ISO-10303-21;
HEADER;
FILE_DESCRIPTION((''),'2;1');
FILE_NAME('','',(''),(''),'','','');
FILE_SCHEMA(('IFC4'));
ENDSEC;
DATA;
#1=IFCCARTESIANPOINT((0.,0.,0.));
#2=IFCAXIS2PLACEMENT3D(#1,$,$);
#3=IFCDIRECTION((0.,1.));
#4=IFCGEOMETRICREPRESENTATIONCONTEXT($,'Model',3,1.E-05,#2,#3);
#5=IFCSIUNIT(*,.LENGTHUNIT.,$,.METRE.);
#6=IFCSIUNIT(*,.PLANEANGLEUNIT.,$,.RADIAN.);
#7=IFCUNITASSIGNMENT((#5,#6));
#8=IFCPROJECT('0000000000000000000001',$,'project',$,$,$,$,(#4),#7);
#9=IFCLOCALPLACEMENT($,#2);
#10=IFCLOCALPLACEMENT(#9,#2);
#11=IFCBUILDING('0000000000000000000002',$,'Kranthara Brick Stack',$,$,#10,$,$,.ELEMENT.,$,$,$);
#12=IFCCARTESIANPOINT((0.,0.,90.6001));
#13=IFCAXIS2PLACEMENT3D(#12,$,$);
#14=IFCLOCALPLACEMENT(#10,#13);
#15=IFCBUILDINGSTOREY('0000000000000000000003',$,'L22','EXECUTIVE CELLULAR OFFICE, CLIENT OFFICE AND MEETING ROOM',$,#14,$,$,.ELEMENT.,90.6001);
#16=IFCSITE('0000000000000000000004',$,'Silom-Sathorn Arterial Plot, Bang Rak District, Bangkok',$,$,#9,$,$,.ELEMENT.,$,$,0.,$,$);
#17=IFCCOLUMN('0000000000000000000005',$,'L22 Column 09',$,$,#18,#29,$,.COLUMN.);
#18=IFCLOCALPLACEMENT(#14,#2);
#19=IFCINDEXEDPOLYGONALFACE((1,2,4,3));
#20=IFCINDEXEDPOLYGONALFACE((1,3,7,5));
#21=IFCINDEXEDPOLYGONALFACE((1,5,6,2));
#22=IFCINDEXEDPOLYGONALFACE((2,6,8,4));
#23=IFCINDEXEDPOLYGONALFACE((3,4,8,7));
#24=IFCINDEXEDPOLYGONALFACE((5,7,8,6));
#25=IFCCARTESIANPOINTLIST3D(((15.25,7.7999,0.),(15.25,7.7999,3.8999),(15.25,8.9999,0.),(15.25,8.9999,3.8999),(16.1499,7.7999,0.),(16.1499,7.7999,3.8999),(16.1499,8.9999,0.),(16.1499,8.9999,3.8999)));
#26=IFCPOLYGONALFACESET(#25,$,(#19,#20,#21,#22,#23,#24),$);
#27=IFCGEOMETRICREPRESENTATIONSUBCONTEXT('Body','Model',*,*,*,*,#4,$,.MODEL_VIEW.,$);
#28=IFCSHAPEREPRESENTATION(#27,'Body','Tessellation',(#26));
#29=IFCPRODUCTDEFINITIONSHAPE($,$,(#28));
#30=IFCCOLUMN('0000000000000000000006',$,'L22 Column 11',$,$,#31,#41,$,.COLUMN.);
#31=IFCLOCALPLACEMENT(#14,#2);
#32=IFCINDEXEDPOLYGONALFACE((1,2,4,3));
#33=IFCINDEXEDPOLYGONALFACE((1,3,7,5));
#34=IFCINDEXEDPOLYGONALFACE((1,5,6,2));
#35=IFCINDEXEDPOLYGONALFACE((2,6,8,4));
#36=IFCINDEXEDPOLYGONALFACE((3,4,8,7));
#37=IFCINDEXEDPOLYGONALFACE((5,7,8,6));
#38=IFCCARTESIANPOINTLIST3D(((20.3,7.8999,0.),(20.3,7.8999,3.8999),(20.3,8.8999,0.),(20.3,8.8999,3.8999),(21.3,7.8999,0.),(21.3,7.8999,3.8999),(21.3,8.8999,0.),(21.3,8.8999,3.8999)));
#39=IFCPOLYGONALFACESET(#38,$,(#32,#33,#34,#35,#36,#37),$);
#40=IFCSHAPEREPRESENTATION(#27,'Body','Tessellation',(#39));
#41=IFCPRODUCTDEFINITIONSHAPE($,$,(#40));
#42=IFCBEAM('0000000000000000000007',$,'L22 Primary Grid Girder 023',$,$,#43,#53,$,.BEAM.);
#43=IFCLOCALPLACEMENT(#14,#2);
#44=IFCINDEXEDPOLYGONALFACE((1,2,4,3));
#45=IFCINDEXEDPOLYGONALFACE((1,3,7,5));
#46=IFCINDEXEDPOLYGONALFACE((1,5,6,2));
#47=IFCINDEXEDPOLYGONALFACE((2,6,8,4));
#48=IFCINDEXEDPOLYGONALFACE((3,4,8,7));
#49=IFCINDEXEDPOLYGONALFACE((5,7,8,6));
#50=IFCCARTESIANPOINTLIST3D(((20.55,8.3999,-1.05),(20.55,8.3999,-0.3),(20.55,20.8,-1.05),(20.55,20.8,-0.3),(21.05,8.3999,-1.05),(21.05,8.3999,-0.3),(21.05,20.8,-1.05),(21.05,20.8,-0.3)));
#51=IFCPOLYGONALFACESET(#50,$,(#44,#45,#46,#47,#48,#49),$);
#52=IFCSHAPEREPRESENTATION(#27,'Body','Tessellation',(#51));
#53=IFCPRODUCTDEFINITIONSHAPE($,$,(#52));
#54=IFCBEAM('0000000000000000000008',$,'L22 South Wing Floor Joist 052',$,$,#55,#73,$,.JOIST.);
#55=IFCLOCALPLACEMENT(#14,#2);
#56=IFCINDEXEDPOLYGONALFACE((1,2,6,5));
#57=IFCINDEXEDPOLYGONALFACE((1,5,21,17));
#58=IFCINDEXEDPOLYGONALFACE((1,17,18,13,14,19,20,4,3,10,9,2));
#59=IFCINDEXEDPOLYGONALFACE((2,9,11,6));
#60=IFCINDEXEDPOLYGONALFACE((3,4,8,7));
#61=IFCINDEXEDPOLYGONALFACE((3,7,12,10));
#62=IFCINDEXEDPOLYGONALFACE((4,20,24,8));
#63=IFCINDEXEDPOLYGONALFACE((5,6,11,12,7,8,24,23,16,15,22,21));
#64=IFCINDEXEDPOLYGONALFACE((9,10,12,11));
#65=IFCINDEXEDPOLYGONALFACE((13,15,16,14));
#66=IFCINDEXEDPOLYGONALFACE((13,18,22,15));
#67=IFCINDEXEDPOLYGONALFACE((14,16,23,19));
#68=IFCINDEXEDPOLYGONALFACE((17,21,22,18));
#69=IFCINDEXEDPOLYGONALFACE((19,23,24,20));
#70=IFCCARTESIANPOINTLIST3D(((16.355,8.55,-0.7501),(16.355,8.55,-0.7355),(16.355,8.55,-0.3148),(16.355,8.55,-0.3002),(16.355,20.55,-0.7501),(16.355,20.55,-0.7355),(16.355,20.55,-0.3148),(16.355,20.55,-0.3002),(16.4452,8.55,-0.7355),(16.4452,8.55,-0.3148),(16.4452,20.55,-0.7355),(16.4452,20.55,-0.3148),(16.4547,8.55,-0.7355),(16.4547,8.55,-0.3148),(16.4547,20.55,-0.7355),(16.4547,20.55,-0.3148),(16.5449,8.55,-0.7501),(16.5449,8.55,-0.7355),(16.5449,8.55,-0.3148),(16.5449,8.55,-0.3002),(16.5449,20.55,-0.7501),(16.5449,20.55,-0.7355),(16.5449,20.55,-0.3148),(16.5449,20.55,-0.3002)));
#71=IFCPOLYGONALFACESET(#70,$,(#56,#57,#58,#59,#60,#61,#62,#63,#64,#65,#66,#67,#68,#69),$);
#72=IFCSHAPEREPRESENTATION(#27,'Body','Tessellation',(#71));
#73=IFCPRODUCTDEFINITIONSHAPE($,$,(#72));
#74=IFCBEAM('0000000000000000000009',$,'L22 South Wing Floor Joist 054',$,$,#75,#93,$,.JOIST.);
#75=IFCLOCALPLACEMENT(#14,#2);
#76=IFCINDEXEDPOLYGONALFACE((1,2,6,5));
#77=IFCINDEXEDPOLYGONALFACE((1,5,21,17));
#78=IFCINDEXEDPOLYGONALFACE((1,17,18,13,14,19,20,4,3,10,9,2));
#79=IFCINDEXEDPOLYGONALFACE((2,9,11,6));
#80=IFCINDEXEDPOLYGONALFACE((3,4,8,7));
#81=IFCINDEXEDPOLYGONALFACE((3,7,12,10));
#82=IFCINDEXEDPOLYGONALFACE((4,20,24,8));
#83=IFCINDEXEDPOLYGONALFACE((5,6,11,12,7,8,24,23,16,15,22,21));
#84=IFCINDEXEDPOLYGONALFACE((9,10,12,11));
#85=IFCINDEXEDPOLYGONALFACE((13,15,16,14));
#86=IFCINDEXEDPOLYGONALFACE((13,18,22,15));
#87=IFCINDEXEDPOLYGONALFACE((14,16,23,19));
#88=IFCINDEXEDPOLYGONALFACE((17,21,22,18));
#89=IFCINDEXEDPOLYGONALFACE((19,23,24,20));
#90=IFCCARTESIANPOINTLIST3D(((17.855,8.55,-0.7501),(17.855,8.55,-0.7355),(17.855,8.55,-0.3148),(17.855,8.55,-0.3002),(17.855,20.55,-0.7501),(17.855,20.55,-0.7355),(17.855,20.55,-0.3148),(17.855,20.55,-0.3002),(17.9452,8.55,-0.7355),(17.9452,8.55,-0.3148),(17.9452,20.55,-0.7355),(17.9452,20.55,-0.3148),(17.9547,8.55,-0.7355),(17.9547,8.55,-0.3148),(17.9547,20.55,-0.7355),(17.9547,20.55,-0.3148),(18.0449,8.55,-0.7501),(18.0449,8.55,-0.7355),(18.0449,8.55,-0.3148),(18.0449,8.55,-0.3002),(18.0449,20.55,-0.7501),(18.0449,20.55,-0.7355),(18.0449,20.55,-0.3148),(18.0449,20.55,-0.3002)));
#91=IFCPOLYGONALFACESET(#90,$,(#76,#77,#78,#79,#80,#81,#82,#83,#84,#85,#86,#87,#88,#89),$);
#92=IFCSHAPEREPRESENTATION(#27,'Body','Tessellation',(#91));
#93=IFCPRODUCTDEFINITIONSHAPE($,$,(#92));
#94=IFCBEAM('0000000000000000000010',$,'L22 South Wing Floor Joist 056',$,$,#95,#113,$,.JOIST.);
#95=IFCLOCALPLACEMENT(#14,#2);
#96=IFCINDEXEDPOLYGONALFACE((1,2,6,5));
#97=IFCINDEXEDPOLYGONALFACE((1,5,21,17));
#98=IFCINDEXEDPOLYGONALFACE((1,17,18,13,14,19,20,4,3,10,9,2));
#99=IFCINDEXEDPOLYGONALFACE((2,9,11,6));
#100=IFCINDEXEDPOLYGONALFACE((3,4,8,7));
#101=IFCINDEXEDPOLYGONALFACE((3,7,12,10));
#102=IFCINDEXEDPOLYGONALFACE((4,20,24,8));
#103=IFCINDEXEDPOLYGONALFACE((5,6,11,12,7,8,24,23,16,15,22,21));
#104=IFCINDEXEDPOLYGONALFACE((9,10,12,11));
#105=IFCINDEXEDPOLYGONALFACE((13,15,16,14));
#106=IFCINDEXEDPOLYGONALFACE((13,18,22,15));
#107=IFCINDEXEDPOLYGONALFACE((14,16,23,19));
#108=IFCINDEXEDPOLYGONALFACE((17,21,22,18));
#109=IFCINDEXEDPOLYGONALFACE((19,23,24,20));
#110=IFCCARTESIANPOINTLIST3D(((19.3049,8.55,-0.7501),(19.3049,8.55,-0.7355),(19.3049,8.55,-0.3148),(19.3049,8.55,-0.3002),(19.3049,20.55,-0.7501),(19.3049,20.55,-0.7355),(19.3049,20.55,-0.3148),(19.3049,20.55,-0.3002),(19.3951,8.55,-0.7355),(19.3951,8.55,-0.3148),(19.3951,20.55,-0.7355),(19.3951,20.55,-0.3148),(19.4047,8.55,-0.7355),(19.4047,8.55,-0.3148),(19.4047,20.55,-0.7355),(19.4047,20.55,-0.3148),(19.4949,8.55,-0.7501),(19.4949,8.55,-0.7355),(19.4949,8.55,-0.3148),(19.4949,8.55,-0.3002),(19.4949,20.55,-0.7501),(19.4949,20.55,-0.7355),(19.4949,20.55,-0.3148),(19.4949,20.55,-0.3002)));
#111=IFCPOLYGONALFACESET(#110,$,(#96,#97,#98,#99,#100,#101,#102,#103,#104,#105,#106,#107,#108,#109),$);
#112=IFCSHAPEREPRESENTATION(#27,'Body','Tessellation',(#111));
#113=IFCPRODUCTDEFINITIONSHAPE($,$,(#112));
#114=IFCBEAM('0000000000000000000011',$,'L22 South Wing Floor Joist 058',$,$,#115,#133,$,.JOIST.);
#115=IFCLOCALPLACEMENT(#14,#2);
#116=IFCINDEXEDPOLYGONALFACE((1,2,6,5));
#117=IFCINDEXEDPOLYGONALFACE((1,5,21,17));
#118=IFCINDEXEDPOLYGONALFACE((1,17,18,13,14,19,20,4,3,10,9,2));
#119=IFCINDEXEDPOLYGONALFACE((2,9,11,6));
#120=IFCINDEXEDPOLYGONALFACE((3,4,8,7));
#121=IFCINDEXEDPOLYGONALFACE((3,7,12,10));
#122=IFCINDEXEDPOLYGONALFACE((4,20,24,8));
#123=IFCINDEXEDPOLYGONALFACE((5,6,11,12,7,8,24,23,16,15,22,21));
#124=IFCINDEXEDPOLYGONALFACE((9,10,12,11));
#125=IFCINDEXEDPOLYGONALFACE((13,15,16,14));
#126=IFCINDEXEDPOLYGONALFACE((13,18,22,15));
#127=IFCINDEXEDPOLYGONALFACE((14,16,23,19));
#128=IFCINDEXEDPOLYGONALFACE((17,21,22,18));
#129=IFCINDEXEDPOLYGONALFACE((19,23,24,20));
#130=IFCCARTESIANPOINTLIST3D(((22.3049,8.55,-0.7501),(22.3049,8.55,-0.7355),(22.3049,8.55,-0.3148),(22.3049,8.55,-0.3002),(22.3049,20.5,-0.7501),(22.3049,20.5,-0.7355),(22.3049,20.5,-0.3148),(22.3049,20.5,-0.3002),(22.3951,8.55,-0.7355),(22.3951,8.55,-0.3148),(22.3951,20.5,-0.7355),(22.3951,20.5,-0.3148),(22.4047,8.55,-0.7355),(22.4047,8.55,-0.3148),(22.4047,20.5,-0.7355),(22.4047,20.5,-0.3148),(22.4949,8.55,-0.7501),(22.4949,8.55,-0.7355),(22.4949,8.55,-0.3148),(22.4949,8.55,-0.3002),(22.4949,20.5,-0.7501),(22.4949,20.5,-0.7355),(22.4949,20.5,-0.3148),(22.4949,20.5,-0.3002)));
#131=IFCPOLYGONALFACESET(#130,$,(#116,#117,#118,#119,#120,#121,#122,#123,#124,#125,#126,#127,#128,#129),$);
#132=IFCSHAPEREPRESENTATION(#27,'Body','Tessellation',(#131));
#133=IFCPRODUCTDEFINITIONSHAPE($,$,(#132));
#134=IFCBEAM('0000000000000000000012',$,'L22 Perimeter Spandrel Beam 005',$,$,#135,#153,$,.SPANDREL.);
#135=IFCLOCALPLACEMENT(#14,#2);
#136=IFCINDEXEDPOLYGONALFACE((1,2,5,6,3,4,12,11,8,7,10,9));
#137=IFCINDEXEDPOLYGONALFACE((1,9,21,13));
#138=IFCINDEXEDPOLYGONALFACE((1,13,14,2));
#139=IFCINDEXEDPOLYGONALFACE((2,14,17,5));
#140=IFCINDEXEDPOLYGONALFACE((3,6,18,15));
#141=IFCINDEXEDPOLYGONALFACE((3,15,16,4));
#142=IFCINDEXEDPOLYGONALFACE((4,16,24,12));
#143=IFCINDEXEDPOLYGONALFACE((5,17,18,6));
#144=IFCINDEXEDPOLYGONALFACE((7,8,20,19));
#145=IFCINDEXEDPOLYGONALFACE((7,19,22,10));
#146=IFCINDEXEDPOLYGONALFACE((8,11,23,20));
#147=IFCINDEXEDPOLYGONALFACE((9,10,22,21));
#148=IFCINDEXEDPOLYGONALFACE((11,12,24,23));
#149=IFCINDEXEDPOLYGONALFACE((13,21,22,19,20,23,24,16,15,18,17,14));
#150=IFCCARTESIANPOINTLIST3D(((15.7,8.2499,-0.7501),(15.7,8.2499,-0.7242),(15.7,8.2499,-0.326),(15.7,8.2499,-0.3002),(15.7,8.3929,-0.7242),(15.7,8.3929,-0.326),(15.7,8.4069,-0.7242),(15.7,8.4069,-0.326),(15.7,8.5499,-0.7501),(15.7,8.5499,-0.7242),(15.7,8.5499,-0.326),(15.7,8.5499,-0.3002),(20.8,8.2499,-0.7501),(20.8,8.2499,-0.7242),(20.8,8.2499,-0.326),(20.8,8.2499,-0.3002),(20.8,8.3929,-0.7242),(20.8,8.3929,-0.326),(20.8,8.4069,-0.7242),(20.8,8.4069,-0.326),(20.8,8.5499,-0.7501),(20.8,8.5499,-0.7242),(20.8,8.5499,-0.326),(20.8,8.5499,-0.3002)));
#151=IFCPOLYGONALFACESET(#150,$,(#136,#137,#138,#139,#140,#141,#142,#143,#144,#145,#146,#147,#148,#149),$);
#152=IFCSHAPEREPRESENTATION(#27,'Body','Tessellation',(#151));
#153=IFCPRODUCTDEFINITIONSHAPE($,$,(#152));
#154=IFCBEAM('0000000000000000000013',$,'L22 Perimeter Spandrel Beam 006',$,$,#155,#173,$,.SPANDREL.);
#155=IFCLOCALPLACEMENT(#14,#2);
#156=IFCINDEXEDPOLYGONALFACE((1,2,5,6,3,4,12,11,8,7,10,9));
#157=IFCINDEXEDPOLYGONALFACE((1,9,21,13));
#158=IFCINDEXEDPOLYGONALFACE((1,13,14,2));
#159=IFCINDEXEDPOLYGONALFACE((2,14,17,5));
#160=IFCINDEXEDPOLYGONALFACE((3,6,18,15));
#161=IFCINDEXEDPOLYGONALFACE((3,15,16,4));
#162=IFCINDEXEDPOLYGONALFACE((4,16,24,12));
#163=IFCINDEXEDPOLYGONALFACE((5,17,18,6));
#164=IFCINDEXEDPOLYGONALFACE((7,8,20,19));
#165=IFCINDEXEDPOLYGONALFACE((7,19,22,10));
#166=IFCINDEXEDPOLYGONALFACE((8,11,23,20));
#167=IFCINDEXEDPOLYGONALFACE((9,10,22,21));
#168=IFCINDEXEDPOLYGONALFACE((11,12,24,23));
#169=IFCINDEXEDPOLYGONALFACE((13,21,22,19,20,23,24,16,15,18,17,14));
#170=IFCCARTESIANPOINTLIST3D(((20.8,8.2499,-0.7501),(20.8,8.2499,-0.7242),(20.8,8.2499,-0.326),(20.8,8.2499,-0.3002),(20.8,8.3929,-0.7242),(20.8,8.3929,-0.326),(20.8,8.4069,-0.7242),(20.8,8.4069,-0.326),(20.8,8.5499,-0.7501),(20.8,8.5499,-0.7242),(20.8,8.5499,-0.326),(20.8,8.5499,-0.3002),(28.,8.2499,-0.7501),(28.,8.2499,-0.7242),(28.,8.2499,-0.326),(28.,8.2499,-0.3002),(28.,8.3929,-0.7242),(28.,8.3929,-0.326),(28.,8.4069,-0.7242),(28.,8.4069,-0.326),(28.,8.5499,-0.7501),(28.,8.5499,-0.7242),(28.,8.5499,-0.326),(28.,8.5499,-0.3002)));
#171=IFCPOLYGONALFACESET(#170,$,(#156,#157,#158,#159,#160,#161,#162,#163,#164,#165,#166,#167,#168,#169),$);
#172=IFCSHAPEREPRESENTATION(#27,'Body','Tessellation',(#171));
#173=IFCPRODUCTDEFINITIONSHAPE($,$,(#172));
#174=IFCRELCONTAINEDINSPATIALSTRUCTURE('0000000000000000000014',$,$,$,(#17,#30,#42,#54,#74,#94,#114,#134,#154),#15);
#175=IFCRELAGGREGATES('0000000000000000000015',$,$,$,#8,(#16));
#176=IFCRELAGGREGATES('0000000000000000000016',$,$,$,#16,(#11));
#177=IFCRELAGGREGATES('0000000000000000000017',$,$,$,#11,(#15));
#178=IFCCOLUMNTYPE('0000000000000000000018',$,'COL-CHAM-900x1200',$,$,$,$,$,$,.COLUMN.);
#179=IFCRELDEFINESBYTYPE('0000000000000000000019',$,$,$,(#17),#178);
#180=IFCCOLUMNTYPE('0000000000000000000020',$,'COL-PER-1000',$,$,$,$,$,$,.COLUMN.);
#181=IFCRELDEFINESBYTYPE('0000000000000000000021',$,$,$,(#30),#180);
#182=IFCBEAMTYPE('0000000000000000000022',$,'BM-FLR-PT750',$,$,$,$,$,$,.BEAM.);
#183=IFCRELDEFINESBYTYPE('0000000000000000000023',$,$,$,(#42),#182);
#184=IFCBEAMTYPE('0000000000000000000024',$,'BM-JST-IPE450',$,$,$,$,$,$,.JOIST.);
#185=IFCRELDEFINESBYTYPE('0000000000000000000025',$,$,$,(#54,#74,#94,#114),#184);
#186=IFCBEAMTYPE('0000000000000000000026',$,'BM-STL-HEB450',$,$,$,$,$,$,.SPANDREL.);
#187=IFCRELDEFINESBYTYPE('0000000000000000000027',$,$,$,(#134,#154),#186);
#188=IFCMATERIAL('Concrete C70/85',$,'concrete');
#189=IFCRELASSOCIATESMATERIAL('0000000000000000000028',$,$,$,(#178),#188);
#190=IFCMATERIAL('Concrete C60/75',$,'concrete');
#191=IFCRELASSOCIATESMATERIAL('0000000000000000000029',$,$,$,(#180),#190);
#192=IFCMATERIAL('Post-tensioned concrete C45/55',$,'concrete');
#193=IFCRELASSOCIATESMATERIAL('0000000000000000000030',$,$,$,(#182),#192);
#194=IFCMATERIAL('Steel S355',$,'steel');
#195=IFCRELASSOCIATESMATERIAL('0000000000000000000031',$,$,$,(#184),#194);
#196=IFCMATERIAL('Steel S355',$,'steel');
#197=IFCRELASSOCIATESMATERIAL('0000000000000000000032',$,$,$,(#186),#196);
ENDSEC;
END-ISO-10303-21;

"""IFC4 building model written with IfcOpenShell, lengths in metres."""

from ifc_helpers import new_model, si_unit, direction, frame, origin, origin_2d, place, context, subcontext, project, spatial, rectangle, i_section, extrude, material, material_profile, profile_set, type_object, element, save


model = new_model("IFC4")

# Units and contexts
model_context = context("Model", 3, precision=1e-05, world=origin(), true_north=direction((0.0, 1.0)))
body_context = subcontext(model_context, "Body", "Model", "MODEL_VIEW")
ifc_project = project(units=[si_unit("LENGTHUNIT", "METRE"), si_unit("PLANEANGLEUNIT", "RADIAN")], contexts=[model_context])

# Site, building, storey
site_placement = place(None, origin())
site = spatial("IfcSite", under=ifc_project, at=site_placement, Name="Silom-Sathorn Arterial Plot, Bang Rak District, Bangkok", CompositionType="ELEMENT", RefElevation=0.0)
building_placement = place(site_placement, origin())
building = spatial("IfcBuilding", under=site, at=building_placement, Name="Kranthara Brick Stack", CompositionType="ELEMENT")
storey_placement = place(building_placement, frame((0.0, 0.0, 90.6001)))
storey = spatial("IfcBuildingStorey", under=building, at=storey_placement, Name="L22", Description="EXECUTIVE CELLULAR OFFICE, CLIENT OFFICE AND MEETING ROOM", CompositionType="ELEMENT", Elevation=90.6001)

# Columns
ifc_material_1 = material(Name="Concrete C70/85", Category="concrete")
ifc_material_profile_1 = material_profile(ifc_material_1, rectangle(XDim=0.8999, YDim=1.2, at=origin_2d()), Name="RC 900x1200")
ifc_profile_set_1 = profile_set([ifc_material_profile_1], Name="Concrete C70/85")
column_type_1 = type_object("IfcColumnType", Name="COL-CHAM-900x1200", PredefinedType="COLUMN", material=ifc_profile_set_1)
column_1_placement = place(storey_placement, frame((15.7, 8.3999, 0.0), z_axis=(0.0, 0.0, 1.0), x_axis=(1.0, 0.0, 0.0)))
element("IfcColumn", 1, at=column_1_placement, inside=storey, type_object=column_type_1, Name="L22 Column 09", PredefinedType="COLUMN", context=body_context, shape_type="SweptSolid", body=[
    extrude(rectangle(XDim=0.8999, YDim=1.2, at=origin_2d()), origin(), (0.0, 0.0, 1.0), 3.8999),
])
ifc_material_2 = material(Name="Concrete C60/75", Category="concrete")
ifc_material_profile_2 = material_profile(ifc_material_2, rectangle(XDim=1.0, YDim=1.0, at=origin_2d()), Name="RC 1000x1000")
ifc_profile_set_2 = profile_set([ifc_material_profile_2], Name="Concrete C60/75")
column_type_2 = type_object("IfcColumnType", Name="COL-PER-1000", PredefinedType="COLUMN", material=ifc_profile_set_2)
column_2_placement = place(storey_placement, frame((20.8, 8.3999, 0.0), z_axis=(0.0, 0.0, 1.0), x_axis=(1.0, 0.0, 0.0)))
element("IfcColumn", 2, at=column_2_placement, inside=storey, type_object=column_type_2, Name="L22 Column 11", PredefinedType="COLUMN", context=body_context, shape_type="SweptSolid", body=[
    extrude(rectangle(XDim=1.0, YDim=1.0, at=origin_2d()), origin(), (0.0, 0.0, 1.0), 3.8999),
])

# Beams
ifc_material_3 = material(Name="Post-tensioned concrete C45/55", Category="concrete")
ifc_material_profile_3 = material_profile(ifc_material_3, rectangle(XDim=0.5, YDim=0.75, at=origin_2d()), Name="PT 500x750")
ifc_profile_set_3 = profile_set([ifc_material_profile_3], Name="Post-tensioned concrete C45/55")
beam_type_1 = type_object("IfcBeamType", Name="BM-FLR-PT750", PredefinedType="BEAM", material=ifc_profile_set_3)
beam_1_placement = place(storey_placement, frame((20.8, 8.3999, -0.675), z_axis=(0.0, 1.0, 0.0), x_axis=(-1.0, 0.0, 0.0)))
element("IfcBeam", 3, at=beam_1_placement, inside=storey, type_object=beam_type_1, Name="L22 Primary Grid Girder 023", PredefinedType="BEAM", context=body_context, shape_type="SweptSolid", body=[
    extrude(rectangle(XDim=0.5, YDim=0.75, at=origin_2d()), origin(), (0.0, 0.0, 1.0), 12.4001),
])
ifc_material_4 = material(Name="Steel S355", Category="steel")
ifc_material_profile_4 = material_profile(ifc_material_4, i_section(OverallWidth=0.1899, OverallDepth=0.45, WebThickness=0.0095, FlangeThickness=0.0146, at=origin_2d()), Name="IPE 450")
ifc_profile_set_4 = profile_set([ifc_material_profile_4], Name="Steel S355")
beam_type_2 = type_object("IfcBeamType", Name="BM-JST-IPE450", PredefinedType="JOIST", material=ifc_profile_set_4)
for number, where, z_axis, x_axis, name in (
    (4, (16.45, 8.55, -0.5251), (0.0, 1.0, 0.0), (-1.0, 0.0, 0.0), "L22 South Wing Floor Joist 052"),
    (5, (17.95, 8.55, -0.5251), (0.0, 1.0, 0.0), (-1.0, 0.0, 0.0), "L22 South Wing Floor Joist 054"),
    (6, (19.3999, 8.55, -0.5251), (0.0, 1.0, 0.0), (-1.0, 0.0, 0.0), "L22 South Wing Floor Joist 056"),
):
    element("IfcBeam", number, at=place(storey_placement, frame(where, z_axis=z_axis, x_axis=x_axis)), inside=storey, type_object=beam_type_2, Name=name, PredefinedType="JOIST", context=body_context, shape_type="SweptSolid", body=[
        extrude(i_section(OverallWidth=0.1899, OverallDepth=0.45, WebThickness=0.0095, FlangeThickness=0.0146, at=origin_2d()), origin(), (0.0, 0.0, 1.0), 12.0),
    ])
beam_2_placement = place(storey_placement, frame((22.3999, 8.55, -0.5251), z_axis=(0.0, 1.0, 0.0), x_axis=(-1.0, 0.0, 0.0)))
element("IfcBeam", 7, at=beam_2_placement, inside=storey, type_object=beam_type_2, Name="L22 South Wing Floor Joist 058", PredefinedType="JOIST", context=body_context, shape_type="SweptSolid", body=[
    extrude(i_section(OverallWidth=0.1899, OverallDepth=0.45, WebThickness=0.0095, FlangeThickness=0.0146, at=origin_2d()), origin(), (0.0, 0.0, 1.0), 11.95),
])
ifc_material_5 = material(Name="Steel S355", Category="steel")
ifc_material_profile_5 = material_profile(ifc_material_5, i_section(OverallWidth=0.3, OverallDepth=0.45, WebThickness=0.0139, FlangeThickness=0.0259, at=origin_2d()), Name="HEB 450")
ifc_profile_set_5 = profile_set([ifc_material_profile_5], Name="Steel S355")
beam_type_3 = type_object("IfcBeamType", Name="BM-STL-HEB450", PredefinedType="SPANDREL", material=ifc_profile_set_5)
beam_3_placement = place(storey_placement, frame((15.7, 8.3999, -0.5251), z_axis=(1.0, 0.0, 0.0), x_axis=(0.0, 1.0, 0.0)))
element("IfcBeam", 8, at=beam_3_placement, inside=storey, type_object=beam_type_3, Name="L22 Perimeter Spandrel Beam 005", PredefinedType="SPANDREL", context=body_context, shape_type="SweptSolid", body=[
    extrude(i_section(OverallWidth=0.3, OverallDepth=0.45, WebThickness=0.0139, FlangeThickness=0.0259, at=origin_2d()), origin(), (0.0, 0.0, 1.0), 5.1001),
])
beam_4_placement = place(storey_placement, frame((20.8, 8.3999, -0.5251), z_axis=(1.0, 0.0, 0.0), x_axis=(0.0, 1.0, 0.0)))
element("IfcBeam", 9, at=beam_4_placement, inside=storey, type_object=beam_type_3, Name="L22 Perimeter Spandrel Beam 006", PredefinedType="SPANDREL", context=body_context, shape_type="SweptSolid", body=[
    extrude(i_section(OverallWidth=0.3, OverallDepth=0.45, WebThickness=0.0139, FlangeThickness=0.0259, at=origin_2d()), origin(), (0.0, 0.0, 1.0), 7.2),
])

save(model, "model.ifc")
